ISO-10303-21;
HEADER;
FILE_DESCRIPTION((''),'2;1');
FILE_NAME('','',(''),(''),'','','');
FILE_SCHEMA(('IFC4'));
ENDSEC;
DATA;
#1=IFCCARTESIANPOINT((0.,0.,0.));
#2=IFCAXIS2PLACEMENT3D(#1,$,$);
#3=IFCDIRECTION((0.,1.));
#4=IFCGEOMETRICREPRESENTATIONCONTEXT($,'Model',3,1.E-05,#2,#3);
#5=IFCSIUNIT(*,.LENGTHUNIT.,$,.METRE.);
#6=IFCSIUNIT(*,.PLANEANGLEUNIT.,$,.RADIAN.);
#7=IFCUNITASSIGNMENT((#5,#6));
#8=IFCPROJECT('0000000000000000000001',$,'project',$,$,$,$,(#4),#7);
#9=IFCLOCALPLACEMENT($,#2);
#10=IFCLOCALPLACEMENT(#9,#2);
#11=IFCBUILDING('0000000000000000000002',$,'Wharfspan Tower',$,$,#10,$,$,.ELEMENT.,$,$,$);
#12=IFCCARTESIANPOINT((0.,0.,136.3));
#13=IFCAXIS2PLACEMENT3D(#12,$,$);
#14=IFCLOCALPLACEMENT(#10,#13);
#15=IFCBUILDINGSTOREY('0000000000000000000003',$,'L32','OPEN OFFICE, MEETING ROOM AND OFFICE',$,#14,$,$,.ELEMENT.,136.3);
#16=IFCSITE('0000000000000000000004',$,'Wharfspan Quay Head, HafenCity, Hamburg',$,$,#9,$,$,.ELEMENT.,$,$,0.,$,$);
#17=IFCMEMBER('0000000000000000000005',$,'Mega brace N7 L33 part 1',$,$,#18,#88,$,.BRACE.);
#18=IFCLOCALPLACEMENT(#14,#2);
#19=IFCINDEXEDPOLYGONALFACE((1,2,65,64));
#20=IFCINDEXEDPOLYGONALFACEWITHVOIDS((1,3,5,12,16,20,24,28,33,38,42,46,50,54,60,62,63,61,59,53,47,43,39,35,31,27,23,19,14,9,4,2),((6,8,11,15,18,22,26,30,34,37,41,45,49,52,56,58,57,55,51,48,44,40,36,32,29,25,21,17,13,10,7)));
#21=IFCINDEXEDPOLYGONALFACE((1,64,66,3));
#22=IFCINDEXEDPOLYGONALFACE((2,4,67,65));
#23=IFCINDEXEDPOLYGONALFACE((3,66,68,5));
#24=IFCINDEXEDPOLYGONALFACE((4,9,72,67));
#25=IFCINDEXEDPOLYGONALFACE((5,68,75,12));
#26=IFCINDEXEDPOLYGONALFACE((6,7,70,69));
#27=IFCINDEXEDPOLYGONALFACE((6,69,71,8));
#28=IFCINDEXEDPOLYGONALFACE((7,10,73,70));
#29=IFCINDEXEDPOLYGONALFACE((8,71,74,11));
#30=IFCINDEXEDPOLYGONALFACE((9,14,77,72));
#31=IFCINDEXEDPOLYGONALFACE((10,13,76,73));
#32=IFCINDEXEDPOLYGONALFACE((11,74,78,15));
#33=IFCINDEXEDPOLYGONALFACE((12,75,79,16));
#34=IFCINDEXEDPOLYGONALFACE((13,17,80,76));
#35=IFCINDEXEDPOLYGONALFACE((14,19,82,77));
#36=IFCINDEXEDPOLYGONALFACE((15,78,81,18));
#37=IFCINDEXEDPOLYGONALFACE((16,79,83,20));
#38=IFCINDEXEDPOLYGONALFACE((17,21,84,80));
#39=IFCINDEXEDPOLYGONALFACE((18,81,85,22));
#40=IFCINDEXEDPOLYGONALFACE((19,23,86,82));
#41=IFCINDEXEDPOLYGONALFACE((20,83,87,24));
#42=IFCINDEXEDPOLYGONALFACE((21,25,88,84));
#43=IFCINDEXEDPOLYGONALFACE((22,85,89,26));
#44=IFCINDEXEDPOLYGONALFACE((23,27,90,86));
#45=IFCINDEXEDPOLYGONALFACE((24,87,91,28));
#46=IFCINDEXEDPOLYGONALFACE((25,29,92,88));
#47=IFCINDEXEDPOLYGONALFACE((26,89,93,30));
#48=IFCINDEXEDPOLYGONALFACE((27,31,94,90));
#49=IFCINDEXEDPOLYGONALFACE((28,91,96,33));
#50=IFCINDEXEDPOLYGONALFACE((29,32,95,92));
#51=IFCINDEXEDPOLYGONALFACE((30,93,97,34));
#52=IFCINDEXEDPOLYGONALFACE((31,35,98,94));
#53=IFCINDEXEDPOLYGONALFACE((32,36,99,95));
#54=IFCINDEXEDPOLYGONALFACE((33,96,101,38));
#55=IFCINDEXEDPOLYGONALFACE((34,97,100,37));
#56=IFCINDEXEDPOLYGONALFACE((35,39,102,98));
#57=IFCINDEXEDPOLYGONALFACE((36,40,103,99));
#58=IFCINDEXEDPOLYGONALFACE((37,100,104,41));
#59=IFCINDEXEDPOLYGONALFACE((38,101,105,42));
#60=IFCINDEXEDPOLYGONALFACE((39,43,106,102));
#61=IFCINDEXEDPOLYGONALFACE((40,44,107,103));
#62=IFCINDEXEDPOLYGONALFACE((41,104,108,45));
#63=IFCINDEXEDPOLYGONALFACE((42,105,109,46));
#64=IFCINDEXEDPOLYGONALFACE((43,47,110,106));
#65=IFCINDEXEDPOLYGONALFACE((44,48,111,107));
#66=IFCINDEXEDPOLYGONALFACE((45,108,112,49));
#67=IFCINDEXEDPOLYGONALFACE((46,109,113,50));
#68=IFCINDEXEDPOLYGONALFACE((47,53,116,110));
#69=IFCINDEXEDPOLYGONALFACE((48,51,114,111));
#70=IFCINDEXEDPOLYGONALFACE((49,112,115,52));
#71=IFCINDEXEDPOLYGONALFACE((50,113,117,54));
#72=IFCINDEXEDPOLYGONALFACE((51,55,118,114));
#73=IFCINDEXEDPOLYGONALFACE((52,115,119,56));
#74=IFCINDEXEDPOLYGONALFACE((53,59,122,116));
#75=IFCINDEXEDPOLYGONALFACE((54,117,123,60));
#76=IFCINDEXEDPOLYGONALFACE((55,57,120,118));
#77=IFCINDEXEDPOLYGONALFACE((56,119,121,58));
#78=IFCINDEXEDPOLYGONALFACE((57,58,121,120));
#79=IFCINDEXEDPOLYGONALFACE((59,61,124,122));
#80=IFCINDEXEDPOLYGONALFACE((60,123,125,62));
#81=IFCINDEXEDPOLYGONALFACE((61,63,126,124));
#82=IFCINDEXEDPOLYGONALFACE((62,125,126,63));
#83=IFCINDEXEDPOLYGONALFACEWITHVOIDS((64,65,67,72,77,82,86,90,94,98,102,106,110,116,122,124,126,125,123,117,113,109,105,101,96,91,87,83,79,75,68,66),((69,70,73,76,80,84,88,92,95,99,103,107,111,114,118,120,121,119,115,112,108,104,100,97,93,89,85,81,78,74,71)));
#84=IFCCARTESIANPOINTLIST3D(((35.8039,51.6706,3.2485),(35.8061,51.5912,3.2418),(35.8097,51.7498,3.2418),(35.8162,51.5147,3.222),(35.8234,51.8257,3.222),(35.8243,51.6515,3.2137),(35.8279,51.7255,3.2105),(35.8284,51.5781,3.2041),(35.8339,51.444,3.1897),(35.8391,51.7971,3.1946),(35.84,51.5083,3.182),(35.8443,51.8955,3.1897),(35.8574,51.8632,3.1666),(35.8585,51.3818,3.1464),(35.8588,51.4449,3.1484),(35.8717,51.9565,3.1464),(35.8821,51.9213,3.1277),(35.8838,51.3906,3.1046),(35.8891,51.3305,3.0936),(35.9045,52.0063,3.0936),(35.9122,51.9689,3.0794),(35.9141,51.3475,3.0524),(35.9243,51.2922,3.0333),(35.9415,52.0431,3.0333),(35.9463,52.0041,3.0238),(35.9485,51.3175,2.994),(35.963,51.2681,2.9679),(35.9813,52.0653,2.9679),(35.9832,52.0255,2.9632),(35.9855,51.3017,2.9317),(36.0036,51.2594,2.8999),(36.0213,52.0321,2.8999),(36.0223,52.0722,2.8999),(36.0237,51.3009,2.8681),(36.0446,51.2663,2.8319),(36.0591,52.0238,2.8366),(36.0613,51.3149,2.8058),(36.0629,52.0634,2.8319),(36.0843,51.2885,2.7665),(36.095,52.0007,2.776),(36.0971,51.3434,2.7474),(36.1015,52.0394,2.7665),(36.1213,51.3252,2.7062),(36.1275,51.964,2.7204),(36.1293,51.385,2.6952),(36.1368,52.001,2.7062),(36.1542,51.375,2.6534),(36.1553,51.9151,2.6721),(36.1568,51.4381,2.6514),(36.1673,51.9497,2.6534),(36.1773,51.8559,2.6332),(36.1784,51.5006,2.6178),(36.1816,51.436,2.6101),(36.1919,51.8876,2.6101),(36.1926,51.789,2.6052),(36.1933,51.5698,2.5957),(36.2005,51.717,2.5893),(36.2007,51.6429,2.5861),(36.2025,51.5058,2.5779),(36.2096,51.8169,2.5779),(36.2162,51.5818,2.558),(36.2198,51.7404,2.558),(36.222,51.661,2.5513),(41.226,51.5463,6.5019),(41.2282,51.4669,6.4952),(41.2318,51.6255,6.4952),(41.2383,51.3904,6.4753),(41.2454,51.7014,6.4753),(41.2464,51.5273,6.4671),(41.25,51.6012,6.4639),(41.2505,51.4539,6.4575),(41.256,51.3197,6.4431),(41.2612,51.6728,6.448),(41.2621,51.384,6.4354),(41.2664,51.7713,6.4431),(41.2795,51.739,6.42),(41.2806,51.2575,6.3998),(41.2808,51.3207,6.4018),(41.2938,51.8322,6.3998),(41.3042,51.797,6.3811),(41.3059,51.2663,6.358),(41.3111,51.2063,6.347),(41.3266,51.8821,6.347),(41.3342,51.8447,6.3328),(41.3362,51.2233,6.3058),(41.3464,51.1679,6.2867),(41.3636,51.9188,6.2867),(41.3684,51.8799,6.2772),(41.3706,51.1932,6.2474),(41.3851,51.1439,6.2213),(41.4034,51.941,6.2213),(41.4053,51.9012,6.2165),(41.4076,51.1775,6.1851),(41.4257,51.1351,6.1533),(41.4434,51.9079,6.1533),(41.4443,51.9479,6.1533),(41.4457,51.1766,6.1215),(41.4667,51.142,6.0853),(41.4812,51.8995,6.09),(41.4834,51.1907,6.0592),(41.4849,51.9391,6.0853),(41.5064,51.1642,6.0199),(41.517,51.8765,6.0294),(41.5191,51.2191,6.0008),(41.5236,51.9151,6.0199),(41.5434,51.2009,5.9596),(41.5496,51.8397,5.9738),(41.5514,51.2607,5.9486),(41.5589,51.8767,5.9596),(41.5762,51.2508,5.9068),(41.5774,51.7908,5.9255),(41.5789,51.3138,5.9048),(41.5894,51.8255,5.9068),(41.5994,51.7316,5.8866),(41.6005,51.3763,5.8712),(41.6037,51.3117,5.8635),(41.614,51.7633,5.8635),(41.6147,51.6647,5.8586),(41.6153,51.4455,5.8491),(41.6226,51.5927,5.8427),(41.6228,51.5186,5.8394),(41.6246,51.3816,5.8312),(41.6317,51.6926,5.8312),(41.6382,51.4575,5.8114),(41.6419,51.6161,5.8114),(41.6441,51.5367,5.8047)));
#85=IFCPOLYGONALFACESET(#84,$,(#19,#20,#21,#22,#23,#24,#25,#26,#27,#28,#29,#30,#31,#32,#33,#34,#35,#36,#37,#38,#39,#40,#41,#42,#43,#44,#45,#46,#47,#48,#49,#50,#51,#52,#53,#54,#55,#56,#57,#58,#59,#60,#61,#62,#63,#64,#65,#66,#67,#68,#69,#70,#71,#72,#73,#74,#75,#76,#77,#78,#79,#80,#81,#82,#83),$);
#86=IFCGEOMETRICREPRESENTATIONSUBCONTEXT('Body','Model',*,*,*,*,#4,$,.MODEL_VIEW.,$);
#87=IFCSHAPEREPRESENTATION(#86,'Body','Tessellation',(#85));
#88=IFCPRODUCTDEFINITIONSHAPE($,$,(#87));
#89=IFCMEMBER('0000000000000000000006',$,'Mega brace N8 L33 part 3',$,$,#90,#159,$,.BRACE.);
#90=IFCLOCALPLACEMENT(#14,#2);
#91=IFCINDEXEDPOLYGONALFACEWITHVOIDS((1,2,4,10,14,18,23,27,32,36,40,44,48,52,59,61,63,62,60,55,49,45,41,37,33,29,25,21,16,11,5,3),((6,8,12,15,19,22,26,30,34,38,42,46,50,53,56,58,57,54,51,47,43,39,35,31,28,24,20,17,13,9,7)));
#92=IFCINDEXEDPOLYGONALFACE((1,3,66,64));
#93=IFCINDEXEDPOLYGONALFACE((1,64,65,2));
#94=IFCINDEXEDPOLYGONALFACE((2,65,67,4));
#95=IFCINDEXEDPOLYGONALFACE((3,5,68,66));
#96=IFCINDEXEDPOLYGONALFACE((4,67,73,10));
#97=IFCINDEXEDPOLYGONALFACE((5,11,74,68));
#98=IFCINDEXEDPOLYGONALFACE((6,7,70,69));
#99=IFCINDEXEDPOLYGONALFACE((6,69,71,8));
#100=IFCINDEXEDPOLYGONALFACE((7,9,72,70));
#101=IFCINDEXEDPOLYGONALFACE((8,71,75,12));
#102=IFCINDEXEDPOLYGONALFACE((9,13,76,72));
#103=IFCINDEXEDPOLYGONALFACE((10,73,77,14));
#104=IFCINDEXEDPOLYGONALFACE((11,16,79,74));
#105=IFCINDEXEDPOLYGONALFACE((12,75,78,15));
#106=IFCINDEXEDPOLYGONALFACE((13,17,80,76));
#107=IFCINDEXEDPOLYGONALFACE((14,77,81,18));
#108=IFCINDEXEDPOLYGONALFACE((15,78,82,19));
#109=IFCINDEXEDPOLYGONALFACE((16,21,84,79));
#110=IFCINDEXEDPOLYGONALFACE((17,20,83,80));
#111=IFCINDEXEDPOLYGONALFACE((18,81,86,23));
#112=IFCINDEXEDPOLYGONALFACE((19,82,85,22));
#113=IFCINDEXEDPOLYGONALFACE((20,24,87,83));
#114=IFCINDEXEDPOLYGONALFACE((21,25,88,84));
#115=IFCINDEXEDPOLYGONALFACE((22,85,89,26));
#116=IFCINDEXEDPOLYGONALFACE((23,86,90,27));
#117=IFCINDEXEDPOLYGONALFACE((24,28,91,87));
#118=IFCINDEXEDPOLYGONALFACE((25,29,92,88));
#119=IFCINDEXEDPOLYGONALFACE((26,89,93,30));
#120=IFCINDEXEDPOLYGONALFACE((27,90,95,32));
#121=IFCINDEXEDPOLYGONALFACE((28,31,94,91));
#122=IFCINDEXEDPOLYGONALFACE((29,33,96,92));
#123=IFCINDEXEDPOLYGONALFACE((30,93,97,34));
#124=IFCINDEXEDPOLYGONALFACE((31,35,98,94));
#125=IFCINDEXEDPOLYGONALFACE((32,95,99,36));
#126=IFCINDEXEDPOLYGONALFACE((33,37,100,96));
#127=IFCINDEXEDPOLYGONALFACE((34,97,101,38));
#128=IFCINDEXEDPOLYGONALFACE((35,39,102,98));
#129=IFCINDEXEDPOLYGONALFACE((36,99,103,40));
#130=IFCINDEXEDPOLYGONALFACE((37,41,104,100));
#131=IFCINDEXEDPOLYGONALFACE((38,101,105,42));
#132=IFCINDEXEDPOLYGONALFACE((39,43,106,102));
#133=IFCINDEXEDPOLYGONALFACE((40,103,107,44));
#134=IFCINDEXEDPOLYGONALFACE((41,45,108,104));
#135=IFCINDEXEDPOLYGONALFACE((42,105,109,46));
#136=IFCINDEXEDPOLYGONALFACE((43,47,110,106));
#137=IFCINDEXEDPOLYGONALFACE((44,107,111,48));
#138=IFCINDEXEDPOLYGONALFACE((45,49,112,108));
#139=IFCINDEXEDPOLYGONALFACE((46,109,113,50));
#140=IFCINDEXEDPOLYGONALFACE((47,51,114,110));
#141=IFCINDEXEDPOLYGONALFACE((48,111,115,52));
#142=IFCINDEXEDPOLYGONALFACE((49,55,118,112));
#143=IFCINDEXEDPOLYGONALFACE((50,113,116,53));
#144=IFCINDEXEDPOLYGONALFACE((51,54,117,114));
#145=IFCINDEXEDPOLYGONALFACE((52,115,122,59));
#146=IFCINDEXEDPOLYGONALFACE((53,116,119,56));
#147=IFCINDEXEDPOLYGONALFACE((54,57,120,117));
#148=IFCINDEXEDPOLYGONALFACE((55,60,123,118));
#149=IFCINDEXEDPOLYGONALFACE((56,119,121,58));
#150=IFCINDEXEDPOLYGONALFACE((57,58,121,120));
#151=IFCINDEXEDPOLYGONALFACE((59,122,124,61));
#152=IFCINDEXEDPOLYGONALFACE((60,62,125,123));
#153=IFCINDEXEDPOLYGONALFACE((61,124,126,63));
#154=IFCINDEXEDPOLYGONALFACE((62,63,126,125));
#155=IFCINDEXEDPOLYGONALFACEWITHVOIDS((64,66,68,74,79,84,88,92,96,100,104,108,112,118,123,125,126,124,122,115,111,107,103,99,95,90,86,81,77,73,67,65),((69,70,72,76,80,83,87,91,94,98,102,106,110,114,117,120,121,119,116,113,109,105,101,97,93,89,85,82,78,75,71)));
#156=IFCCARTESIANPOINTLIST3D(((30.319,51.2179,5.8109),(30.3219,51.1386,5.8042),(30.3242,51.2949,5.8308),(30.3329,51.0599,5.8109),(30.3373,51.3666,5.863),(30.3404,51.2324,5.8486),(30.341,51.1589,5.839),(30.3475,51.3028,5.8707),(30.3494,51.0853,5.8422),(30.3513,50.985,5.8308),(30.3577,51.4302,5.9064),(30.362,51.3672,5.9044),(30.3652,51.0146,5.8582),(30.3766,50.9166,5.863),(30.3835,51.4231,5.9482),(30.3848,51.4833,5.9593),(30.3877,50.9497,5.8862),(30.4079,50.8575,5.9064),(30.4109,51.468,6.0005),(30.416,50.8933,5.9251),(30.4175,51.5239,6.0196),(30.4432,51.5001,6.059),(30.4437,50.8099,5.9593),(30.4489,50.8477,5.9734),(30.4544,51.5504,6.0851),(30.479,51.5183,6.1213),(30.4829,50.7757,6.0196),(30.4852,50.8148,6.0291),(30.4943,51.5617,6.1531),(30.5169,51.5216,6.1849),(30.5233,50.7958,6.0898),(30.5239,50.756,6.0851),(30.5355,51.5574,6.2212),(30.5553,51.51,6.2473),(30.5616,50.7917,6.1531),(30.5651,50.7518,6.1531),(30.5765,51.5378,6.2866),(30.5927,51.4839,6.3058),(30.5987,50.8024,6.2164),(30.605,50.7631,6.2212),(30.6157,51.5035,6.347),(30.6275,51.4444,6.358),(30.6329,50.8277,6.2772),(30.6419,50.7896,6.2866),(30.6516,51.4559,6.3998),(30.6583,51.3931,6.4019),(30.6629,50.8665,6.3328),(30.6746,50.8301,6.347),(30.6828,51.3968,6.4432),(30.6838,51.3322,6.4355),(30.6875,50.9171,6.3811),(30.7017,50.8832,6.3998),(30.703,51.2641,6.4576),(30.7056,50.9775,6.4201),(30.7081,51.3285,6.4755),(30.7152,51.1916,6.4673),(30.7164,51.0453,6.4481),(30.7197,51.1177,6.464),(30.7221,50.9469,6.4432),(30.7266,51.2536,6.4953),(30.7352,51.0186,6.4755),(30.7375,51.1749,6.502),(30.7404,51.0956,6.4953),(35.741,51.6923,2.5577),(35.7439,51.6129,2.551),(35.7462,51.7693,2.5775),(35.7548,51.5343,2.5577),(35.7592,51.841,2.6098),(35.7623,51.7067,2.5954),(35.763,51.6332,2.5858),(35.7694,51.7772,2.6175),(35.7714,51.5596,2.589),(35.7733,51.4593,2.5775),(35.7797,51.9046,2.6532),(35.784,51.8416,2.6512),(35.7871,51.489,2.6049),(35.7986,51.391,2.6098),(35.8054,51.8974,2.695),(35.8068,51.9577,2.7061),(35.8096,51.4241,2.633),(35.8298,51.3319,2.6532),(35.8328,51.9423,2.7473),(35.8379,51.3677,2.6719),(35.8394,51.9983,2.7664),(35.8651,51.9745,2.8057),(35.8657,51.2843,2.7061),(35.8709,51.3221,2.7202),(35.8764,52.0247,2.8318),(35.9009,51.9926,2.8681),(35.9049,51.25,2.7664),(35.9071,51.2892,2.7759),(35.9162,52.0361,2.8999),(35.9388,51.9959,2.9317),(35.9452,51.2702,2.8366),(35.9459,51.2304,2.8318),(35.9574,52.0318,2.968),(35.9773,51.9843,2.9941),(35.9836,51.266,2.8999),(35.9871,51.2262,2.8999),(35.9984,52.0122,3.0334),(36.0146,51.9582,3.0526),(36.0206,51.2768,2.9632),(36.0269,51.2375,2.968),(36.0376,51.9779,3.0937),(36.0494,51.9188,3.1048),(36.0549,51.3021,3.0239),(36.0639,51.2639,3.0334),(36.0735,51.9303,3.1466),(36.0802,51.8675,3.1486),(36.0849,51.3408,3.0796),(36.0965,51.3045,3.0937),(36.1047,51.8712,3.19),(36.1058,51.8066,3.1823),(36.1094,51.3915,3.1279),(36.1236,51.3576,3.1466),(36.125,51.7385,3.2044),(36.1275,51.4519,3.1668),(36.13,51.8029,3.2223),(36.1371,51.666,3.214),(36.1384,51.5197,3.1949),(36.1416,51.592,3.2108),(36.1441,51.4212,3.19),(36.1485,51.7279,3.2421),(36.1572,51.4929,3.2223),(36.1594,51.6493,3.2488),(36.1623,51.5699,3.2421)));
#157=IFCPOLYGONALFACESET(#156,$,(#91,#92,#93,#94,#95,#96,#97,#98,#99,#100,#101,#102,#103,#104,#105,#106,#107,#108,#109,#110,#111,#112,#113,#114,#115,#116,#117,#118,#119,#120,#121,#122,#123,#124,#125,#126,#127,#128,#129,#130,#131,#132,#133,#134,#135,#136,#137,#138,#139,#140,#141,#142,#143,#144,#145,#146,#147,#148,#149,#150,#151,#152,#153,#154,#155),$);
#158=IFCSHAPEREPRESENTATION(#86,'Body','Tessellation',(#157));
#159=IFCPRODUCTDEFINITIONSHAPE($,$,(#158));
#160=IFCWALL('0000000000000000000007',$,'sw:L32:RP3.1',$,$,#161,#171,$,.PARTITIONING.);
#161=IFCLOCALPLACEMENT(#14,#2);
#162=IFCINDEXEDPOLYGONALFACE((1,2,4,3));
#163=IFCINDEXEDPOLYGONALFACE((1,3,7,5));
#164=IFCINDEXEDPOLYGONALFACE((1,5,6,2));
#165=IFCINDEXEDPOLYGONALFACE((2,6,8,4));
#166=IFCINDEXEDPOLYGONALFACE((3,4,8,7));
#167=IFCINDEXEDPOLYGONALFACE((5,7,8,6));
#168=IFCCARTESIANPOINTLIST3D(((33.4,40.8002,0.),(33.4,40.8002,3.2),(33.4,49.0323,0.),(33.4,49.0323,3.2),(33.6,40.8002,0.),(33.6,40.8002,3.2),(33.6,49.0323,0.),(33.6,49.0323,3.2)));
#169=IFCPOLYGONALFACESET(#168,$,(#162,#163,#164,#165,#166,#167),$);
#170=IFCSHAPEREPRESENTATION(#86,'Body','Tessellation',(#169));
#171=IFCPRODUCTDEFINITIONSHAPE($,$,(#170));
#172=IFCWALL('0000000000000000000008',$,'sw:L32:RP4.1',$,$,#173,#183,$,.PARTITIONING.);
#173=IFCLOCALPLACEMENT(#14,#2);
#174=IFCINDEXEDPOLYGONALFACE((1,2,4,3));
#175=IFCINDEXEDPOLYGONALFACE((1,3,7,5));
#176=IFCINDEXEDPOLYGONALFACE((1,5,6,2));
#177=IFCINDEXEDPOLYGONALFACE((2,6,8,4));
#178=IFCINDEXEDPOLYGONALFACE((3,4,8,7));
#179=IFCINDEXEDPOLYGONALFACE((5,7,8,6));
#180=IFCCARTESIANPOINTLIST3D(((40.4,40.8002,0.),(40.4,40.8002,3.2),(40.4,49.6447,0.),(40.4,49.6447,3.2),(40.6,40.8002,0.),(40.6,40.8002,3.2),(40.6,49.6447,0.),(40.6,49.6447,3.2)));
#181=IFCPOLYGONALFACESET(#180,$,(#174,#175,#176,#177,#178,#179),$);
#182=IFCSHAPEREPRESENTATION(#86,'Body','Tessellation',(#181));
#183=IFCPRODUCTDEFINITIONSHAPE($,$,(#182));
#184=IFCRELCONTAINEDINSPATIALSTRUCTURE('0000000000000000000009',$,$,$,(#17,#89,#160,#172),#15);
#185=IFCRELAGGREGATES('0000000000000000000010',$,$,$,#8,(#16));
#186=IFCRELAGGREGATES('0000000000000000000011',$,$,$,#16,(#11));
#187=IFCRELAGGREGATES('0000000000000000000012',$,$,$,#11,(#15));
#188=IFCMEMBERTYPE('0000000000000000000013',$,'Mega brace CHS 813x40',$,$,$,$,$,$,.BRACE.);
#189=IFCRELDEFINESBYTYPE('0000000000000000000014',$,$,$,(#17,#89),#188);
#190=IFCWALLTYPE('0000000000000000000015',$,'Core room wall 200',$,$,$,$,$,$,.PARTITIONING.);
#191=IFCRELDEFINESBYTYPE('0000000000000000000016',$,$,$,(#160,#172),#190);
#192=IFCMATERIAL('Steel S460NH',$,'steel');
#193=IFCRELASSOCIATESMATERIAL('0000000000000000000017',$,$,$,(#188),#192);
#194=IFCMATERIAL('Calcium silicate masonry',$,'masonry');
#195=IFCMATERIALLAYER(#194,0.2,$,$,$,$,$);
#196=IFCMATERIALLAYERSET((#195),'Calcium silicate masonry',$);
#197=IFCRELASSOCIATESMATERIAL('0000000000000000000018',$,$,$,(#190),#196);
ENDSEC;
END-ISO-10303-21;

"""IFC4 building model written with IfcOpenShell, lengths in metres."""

from ifc_helpers import new_model, si_unit, direction, frame, frame_2d, origin, origin_2d, place, context, subcontext, project, spatial, rectangle, hollow_circle, extrude, material, layer, layer_set, material_profile, profile_set, type_object, element, save


model = new_model("IFC4")

# Units and contexts
model_context = context("Model", 3, precision=1e-05, world=origin(), true_north=direction((0.0, 1.0)))
body_context = subcontext(model_context, "Body", "Model", "MODEL_VIEW")
ifc_project = project(units=[si_unit("LENGTHUNIT", "METRE"), si_unit("PLANEANGLEUNIT", "RADIAN")], contexts=[model_context])

# Site, building, storey
site_placement = place(None, origin())
site = spatial("IfcSite", under=ifc_project, at=site_placement, Name="Wharfspan Quay Head, HafenCity, Hamburg", CompositionType="ELEMENT", RefElevation=0.0)
building_placement = place(site_placement, origin())
building = spatial("IfcBuilding", under=site, at=building_placement, Name="Wharfspan Tower", CompositionType="ELEMENT")
storey_placement = place(building_placement, frame((0.0, 0.0, 136.3)))
storey = spatial("IfcBuildingStorey", under=building, at=storey_placement, Name="L32", Description="OPEN OFFICE, MEETING ROOM AND OFFICE", CompositionType="ELEMENT", Elevation=136.3)

# Members
ifc_material_1 = material(Name="Steel S460NH", Category="steel")
ifc_material_profile_1 = material_profile(ifc_material_1, hollow_circle(Radius=0.4065, WallThickness=0.04, at=origin_2d()))
ifc_profile_set_1 = profile_set([ifc_material_profile_1], Name="Steel S460NH")
member_type = type_object("IfcMemberType", Name="Mega brace CHS 813x40", PredefinedType="BRACE", material=ifc_profile_set_1)
member_1_placement = place(storey_placement, frame((36.0129, 51.6658, 2.8999), z_axis=(0.857317, -0.019649, 0.514413), x_axis=(0.022912, 0.999739, 0.000002)))
element("IfcMember", 1, at=member_1_placement, inside=storey, type_object=member_type, Name="Mega brace N7 L33 part 1", PredefinedType="BRACE", context=body_context, shape_type="SweptSolid", body=[
    extrude(hollow_circle(Radius=0.4065, WallThickness=0.04, at=origin_2d()), origin(), (0.0, 0.0, 1.0), 6.3245),
])
member_2_placement = place(storey_placement, frame((35.9517, 51.6311, 2.8999), z_axis=(-0.855087, -0.074812, 0.51306), x_axis=(0.087157, -0.996195, -0.000001)))
element("IfcMember", 2, at=member_2_placement, inside=storey, type_object=member_type, Name="Mega brace N8 L33 part 3", PredefinedType="BRACE", context=body_context, shape_type="SweptSolid", body=[
    extrude(hollow_circle(Radius=0.4065, WallThickness=0.04, at=origin_2d()), origin(), (0.0, 0.0, 1.0), 6.3408),
])

# Walls
ifc_material_2 = material(Name="Calcium silicate masonry", Category="masonry")
ifc_layer_1 = layer(ifc_material_2, 0.2)
ifc_layer_set_1 = layer_set([ifc_layer_1], Name="Calcium silicate masonry")
wall_type_1 = type_object("IfcWallType", Name="Core room wall 200", PredefinedType="PARTITIONING", material=ifc_layer_set_1)
wall_1_placement = place(storey_placement, frame((33.5, 40.8, 0.0), z_axis=(0.0, 0.0, 1.0), x_axis=(0.0, 1.0, 0.0)))
element("IfcWall", 3, at=wall_1_placement, inside=storey, type_object=wall_type_1, Name="sw:L32:RP3.1", PredefinedType="PARTITIONING", context=body_context, shape_type="SweptSolid", body=[
    extrude(rectangle(XDim=8.2322, YDim=0.2, at=frame_2d((4.1162, 0.0))), origin(), (0.0, 0.0, 1.0), 3.2),
])
wall_2_placement = place(storey_placement, frame((40.5, 40.8, 0.0), z_axis=(0.0, 0.0, 1.0), x_axis=(0.0, 1.0, 0.0)))
element("IfcWall", 4, at=wall_2_placement, inside=storey, type_object=wall_type_1, Name="sw:L32:RP4.1", PredefinedType="PARTITIONING", context=body_context, shape_type="SweptSolid", body=[
    extrude(rectangle(XDim=8.8445, YDim=0.2, at=frame_2d((4.4224, 0.0))), origin(), (0.0, 0.0, 1.0), 3.2),
])

save(model, "model.ifc")
